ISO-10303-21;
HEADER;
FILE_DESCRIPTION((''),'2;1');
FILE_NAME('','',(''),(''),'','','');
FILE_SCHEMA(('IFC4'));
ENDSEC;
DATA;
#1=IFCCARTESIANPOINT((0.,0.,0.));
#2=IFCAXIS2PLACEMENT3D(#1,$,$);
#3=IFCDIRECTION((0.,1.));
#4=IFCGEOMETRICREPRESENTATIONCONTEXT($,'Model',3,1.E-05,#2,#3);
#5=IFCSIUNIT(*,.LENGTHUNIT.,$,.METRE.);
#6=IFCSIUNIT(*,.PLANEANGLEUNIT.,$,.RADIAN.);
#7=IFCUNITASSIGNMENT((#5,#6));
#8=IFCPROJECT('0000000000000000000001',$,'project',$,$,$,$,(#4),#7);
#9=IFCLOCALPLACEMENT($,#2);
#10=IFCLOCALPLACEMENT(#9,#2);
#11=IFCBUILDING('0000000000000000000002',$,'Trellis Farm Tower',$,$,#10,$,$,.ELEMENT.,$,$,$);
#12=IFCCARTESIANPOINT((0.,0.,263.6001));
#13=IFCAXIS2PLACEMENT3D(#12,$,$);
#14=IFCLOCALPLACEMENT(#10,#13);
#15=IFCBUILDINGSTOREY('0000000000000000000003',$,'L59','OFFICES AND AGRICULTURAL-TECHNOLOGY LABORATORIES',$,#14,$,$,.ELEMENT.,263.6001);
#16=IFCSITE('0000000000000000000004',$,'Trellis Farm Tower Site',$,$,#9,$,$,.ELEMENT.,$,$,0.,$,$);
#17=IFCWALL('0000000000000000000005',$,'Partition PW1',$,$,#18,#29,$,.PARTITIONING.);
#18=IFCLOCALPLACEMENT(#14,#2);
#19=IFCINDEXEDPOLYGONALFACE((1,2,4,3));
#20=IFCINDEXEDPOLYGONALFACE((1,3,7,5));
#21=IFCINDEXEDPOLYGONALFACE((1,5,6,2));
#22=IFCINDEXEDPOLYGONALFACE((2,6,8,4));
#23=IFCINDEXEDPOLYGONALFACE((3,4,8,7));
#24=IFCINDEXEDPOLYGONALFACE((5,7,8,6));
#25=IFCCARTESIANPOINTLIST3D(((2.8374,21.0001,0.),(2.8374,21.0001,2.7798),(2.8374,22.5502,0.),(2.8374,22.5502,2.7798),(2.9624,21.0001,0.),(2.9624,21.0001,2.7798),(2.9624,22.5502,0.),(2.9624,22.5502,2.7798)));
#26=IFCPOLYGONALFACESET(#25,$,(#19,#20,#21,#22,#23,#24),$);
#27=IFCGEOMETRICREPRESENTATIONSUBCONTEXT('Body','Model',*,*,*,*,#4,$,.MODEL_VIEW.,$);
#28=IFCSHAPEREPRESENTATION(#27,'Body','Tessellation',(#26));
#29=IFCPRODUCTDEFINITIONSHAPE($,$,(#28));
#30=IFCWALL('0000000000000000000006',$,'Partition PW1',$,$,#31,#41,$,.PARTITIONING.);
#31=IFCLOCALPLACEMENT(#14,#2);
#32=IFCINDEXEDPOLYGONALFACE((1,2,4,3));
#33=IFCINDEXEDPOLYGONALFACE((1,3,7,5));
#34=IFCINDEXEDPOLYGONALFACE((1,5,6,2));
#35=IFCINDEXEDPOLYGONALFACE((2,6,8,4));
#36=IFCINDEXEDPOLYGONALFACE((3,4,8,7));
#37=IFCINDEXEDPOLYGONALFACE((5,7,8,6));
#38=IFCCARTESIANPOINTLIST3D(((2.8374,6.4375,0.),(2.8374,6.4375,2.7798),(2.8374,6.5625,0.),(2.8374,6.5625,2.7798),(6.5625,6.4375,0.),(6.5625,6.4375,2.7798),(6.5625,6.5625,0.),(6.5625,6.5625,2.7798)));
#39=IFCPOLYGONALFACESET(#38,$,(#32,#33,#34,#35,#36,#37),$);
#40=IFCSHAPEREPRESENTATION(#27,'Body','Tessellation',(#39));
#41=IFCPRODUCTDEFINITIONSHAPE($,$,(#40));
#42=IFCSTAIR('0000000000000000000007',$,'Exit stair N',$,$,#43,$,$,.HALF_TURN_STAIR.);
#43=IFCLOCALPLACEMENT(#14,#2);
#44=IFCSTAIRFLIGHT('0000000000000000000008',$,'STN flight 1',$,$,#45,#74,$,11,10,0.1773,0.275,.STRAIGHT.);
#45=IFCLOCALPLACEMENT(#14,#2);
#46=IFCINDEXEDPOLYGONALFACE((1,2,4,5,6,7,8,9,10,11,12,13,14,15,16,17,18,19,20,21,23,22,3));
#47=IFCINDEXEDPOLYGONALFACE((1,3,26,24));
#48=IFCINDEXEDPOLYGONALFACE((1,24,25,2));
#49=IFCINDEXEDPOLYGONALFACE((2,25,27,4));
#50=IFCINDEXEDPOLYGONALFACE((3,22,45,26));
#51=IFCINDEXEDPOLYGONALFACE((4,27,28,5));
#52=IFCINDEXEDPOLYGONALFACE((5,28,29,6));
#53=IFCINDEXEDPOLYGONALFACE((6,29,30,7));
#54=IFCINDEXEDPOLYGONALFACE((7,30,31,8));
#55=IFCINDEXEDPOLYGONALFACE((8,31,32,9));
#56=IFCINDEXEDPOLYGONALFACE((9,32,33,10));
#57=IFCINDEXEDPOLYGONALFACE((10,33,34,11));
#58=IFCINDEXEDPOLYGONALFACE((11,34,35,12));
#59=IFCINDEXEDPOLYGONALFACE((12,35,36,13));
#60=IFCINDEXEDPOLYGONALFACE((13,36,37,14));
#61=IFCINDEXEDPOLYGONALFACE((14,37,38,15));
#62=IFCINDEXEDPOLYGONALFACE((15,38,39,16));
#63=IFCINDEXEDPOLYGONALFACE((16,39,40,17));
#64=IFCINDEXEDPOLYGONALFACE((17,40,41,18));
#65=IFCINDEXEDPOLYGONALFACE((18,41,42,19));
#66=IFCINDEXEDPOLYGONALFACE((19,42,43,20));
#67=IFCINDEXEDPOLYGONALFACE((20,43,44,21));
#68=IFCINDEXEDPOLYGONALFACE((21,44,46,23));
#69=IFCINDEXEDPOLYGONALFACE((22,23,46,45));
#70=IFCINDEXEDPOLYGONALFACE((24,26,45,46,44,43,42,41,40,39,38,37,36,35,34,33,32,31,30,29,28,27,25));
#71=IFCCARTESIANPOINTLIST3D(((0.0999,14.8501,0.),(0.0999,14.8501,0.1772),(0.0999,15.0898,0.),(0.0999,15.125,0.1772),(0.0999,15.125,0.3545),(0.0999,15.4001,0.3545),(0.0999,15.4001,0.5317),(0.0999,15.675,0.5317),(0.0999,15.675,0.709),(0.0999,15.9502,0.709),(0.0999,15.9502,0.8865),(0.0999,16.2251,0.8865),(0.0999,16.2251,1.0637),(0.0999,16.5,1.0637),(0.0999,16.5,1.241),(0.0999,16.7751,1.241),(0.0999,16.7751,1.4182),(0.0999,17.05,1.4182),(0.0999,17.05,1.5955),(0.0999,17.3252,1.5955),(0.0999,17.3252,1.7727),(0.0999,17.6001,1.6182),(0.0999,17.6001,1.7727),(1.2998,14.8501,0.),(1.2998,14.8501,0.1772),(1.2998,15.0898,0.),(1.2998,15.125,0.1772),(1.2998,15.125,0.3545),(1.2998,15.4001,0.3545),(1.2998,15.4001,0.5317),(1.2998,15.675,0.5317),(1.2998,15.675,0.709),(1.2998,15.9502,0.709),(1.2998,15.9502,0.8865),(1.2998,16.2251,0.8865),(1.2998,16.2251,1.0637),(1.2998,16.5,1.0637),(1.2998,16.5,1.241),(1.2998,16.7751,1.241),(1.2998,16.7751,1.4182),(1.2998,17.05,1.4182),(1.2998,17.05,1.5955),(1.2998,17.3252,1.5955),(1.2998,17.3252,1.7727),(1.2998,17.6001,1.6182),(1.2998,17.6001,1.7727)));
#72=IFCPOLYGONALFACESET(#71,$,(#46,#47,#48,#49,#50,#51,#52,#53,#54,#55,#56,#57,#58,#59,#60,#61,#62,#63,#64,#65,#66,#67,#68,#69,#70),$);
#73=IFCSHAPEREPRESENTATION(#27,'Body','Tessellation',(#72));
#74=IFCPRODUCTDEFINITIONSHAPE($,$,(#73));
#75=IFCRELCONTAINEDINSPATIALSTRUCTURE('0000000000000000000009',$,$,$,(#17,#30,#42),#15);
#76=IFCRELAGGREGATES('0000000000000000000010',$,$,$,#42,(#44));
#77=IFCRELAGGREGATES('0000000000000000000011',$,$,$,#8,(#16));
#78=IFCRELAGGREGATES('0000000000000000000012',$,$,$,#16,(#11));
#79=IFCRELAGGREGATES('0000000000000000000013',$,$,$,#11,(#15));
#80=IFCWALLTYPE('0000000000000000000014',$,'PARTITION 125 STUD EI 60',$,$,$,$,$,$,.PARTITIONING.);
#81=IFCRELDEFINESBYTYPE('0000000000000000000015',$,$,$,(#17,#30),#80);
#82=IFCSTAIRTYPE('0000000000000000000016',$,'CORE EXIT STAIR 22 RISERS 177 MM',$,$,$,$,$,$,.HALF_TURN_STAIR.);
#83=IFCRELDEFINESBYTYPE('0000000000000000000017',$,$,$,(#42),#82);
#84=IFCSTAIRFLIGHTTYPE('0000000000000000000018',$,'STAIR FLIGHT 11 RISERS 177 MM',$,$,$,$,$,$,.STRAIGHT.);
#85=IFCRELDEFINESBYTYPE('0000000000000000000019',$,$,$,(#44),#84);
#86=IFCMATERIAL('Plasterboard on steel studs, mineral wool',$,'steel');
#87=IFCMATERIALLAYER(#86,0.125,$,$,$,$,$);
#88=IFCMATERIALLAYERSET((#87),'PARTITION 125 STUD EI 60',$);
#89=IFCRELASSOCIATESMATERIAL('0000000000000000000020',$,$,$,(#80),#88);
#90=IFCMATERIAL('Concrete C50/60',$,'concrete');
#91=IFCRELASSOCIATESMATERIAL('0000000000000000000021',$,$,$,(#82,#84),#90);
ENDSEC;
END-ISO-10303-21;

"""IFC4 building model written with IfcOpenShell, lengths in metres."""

from ifc_helpers import new_model, si_unit, direction, frame, frame_2d, origin, place, context, subcontext, project, spatial, polyline, rectangle, outline, extrude, source, transform, mapped, material, layer, layer_set, type_object, element, aggregate, save


model = new_model("IFC4")

# Units and contexts
model_context = context("Model", 3, precision=1e-05, world=origin(), true_north=direction((0.0, 1.0)))
body_context = subcontext(model_context, "Body", "Model", "MODEL_VIEW")
ifc_project = project(units=[si_unit("LENGTHUNIT", "METRE"), si_unit("PLANEANGLEUNIT", "RADIAN")], contexts=[model_context])

# Site, building, storey
site_placement = place(None, origin())
site = spatial("IfcSite", under=ifc_project, at=site_placement, Name="Trellis Farm Tower Site", CompositionType="ELEMENT", RefElevation=0.0)
building_placement = place(site_placement, origin())
building = spatial("IfcBuilding", under=site, at=building_placement, Name="Trellis Farm Tower", CompositionType="ELEMENT")
storey_placement = place(building_placement, frame((0.0, 0.0, 263.6001)))
storey = spatial("IfcBuildingStorey", under=building, at=storey_placement, Name="L59", Description="OFFICES AND AGRICULTURAL-TECHNOLOGY LABORATORIES", CompositionType="ELEMENT", Elevation=263.6001)

# Shared definitions
placement_1 = place(storey_placement, origin())

# Shared definitions
ifc_material_1 = material(Name="Plasterboard on steel studs, mineral wool", Category="steel")
ifc_layer_1 = layer(ifc_material_1, 0.125)
ifc_layer_set_1 = layer_set([ifc_layer_1], Name="PARTITION 125 STUD EI 60")
wall_type_1 = type_object("IfcWallType", Name="PARTITION 125 STUD EI 60", PredefinedType="PARTITIONING", material=ifc_layer_set_1)

# Walls
shared_shape_1 = source(origin(), body_context, "Body", "SweptSolid", [
    extrude(rectangle(XDim=1.55, YDim=0.125, at=frame_2d((0.7749, 0.0))), origin(), (0.0, 0.0, 1.0), 2.7798),
])
wall_1_placement = place(storey_placement, frame((2.8999, 22.55, 0.0), z_axis=(0.0, 0.0, 1.0), x_axis=(0.0, -1.0, 0.0)))
element("IfcWall", 1, at=wall_1_placement, inside=storey, type_object=wall_type_1, Name="Partition PW1", PredefinedType="PARTITIONING", context=body_context, shape_type="MappedRepresentation", body=[
    mapped(shared_shape_1, transform((0.0, 0.0, 0.0))),
])
shared_shape_2 = source(origin(), body_context, "Body", "SweptSolid", [
    extrude(rectangle(XDim=3.7251, YDim=0.125, at=frame_2d((1.8625, 0.0))), origin(), (0.0, 0.0, 1.0), 2.7798),
])
wall_2_placement = place(storey_placement, frame((2.8374, 6.5, 0.0), z_axis=(0.0, 0.0, 1.0), x_axis=(1.0, 0.0, 0.0)))
element("IfcWall", 2, at=wall_2_placement, inside=storey, type_object=wall_type_1, Name="Partition PW1", PredefinedType="PARTITIONING", context=body_context, shape_type="MappedRepresentation", body=[
    mapped(shared_shape_2, transform((0.0, 0.0, 0.0))),
])

# Stair, stair flight
ifc_material_2 = material(Name="Concrete C50/60", Category="concrete")
stair_type = type_object("IfcStairType", Name="CORE EXIT STAIR 22 RISERS 177 MM", PredefinedType="HALF_TURN_STAIR", material=ifc_material_2)
stair = element("IfcStair", 3, at=placement_1, inside=storey, type_object=stair_type, Name="Exit stair N", PredefinedType="HALF_TURN_STAIR")
stair_flight_type = type_object("IfcStairFlightType", Name="STAIR FLIGHT 11 RISERS 177 MM", PredefinedType="STRAIGHT", material=ifc_material_2)
shared_shape_3 = source(origin(), body_context, "Body", "SweptSolid", [
    extrude(outline(polyline([(0.0, 0.0), (0.0, 0.1772), (0.2749, 0.1772), (0.2749, 0.3545), (0.55, 0.3545), (0.55, 0.5317), (0.825, 0.5317), (0.825, 0.709), (1.1001, 0.709), (1.1001, 0.8865), (1.375, 0.8865), (1.375, 1.0637), (1.6499, 1.0637), (1.6499, 1.241), (1.925, 1.241), (1.925, 1.4182), (2.2, 1.4182), (2.2, 1.5955), (2.4751, 1.5955), (2.4751, 1.7727), (2.75, 1.7727), (2.75, 1.95), (2.75, 1.6182), (0.2397, 0.0), (0.0, 0.0)])), frame((0.0, 0.6001, 0.0), z_axis=(0.0, -1.0, 0.0), x_axis=(1.0, 0.0, 0.0)), (0.0, 0.0, 1.0), 1.2),
])
stair_flight_placement = place(storey_placement, frame((0.7, 14.8501, 0.0), z_axis=(0.0, 0.0, 1.0), x_axis=(0.0, 1.0, 0.0)))
stair_flight = element("IfcStairFlight", 4, at=stair_flight_placement, type_object=stair_flight_type, Name="STN flight 1", NumberOfRisers=11, NumberOfTreads=10, PredefinedType="STRAIGHT", RiserHeight=0.1773, TreadLength=0.275, context=body_context, shape_type="MappedRepresentation", body=[
    mapped(shared_shape_3, transform((0.0, 0.0, 0.0))),
])
aggregate(stair, [stair_flight])

save(model, "model.ifc")
